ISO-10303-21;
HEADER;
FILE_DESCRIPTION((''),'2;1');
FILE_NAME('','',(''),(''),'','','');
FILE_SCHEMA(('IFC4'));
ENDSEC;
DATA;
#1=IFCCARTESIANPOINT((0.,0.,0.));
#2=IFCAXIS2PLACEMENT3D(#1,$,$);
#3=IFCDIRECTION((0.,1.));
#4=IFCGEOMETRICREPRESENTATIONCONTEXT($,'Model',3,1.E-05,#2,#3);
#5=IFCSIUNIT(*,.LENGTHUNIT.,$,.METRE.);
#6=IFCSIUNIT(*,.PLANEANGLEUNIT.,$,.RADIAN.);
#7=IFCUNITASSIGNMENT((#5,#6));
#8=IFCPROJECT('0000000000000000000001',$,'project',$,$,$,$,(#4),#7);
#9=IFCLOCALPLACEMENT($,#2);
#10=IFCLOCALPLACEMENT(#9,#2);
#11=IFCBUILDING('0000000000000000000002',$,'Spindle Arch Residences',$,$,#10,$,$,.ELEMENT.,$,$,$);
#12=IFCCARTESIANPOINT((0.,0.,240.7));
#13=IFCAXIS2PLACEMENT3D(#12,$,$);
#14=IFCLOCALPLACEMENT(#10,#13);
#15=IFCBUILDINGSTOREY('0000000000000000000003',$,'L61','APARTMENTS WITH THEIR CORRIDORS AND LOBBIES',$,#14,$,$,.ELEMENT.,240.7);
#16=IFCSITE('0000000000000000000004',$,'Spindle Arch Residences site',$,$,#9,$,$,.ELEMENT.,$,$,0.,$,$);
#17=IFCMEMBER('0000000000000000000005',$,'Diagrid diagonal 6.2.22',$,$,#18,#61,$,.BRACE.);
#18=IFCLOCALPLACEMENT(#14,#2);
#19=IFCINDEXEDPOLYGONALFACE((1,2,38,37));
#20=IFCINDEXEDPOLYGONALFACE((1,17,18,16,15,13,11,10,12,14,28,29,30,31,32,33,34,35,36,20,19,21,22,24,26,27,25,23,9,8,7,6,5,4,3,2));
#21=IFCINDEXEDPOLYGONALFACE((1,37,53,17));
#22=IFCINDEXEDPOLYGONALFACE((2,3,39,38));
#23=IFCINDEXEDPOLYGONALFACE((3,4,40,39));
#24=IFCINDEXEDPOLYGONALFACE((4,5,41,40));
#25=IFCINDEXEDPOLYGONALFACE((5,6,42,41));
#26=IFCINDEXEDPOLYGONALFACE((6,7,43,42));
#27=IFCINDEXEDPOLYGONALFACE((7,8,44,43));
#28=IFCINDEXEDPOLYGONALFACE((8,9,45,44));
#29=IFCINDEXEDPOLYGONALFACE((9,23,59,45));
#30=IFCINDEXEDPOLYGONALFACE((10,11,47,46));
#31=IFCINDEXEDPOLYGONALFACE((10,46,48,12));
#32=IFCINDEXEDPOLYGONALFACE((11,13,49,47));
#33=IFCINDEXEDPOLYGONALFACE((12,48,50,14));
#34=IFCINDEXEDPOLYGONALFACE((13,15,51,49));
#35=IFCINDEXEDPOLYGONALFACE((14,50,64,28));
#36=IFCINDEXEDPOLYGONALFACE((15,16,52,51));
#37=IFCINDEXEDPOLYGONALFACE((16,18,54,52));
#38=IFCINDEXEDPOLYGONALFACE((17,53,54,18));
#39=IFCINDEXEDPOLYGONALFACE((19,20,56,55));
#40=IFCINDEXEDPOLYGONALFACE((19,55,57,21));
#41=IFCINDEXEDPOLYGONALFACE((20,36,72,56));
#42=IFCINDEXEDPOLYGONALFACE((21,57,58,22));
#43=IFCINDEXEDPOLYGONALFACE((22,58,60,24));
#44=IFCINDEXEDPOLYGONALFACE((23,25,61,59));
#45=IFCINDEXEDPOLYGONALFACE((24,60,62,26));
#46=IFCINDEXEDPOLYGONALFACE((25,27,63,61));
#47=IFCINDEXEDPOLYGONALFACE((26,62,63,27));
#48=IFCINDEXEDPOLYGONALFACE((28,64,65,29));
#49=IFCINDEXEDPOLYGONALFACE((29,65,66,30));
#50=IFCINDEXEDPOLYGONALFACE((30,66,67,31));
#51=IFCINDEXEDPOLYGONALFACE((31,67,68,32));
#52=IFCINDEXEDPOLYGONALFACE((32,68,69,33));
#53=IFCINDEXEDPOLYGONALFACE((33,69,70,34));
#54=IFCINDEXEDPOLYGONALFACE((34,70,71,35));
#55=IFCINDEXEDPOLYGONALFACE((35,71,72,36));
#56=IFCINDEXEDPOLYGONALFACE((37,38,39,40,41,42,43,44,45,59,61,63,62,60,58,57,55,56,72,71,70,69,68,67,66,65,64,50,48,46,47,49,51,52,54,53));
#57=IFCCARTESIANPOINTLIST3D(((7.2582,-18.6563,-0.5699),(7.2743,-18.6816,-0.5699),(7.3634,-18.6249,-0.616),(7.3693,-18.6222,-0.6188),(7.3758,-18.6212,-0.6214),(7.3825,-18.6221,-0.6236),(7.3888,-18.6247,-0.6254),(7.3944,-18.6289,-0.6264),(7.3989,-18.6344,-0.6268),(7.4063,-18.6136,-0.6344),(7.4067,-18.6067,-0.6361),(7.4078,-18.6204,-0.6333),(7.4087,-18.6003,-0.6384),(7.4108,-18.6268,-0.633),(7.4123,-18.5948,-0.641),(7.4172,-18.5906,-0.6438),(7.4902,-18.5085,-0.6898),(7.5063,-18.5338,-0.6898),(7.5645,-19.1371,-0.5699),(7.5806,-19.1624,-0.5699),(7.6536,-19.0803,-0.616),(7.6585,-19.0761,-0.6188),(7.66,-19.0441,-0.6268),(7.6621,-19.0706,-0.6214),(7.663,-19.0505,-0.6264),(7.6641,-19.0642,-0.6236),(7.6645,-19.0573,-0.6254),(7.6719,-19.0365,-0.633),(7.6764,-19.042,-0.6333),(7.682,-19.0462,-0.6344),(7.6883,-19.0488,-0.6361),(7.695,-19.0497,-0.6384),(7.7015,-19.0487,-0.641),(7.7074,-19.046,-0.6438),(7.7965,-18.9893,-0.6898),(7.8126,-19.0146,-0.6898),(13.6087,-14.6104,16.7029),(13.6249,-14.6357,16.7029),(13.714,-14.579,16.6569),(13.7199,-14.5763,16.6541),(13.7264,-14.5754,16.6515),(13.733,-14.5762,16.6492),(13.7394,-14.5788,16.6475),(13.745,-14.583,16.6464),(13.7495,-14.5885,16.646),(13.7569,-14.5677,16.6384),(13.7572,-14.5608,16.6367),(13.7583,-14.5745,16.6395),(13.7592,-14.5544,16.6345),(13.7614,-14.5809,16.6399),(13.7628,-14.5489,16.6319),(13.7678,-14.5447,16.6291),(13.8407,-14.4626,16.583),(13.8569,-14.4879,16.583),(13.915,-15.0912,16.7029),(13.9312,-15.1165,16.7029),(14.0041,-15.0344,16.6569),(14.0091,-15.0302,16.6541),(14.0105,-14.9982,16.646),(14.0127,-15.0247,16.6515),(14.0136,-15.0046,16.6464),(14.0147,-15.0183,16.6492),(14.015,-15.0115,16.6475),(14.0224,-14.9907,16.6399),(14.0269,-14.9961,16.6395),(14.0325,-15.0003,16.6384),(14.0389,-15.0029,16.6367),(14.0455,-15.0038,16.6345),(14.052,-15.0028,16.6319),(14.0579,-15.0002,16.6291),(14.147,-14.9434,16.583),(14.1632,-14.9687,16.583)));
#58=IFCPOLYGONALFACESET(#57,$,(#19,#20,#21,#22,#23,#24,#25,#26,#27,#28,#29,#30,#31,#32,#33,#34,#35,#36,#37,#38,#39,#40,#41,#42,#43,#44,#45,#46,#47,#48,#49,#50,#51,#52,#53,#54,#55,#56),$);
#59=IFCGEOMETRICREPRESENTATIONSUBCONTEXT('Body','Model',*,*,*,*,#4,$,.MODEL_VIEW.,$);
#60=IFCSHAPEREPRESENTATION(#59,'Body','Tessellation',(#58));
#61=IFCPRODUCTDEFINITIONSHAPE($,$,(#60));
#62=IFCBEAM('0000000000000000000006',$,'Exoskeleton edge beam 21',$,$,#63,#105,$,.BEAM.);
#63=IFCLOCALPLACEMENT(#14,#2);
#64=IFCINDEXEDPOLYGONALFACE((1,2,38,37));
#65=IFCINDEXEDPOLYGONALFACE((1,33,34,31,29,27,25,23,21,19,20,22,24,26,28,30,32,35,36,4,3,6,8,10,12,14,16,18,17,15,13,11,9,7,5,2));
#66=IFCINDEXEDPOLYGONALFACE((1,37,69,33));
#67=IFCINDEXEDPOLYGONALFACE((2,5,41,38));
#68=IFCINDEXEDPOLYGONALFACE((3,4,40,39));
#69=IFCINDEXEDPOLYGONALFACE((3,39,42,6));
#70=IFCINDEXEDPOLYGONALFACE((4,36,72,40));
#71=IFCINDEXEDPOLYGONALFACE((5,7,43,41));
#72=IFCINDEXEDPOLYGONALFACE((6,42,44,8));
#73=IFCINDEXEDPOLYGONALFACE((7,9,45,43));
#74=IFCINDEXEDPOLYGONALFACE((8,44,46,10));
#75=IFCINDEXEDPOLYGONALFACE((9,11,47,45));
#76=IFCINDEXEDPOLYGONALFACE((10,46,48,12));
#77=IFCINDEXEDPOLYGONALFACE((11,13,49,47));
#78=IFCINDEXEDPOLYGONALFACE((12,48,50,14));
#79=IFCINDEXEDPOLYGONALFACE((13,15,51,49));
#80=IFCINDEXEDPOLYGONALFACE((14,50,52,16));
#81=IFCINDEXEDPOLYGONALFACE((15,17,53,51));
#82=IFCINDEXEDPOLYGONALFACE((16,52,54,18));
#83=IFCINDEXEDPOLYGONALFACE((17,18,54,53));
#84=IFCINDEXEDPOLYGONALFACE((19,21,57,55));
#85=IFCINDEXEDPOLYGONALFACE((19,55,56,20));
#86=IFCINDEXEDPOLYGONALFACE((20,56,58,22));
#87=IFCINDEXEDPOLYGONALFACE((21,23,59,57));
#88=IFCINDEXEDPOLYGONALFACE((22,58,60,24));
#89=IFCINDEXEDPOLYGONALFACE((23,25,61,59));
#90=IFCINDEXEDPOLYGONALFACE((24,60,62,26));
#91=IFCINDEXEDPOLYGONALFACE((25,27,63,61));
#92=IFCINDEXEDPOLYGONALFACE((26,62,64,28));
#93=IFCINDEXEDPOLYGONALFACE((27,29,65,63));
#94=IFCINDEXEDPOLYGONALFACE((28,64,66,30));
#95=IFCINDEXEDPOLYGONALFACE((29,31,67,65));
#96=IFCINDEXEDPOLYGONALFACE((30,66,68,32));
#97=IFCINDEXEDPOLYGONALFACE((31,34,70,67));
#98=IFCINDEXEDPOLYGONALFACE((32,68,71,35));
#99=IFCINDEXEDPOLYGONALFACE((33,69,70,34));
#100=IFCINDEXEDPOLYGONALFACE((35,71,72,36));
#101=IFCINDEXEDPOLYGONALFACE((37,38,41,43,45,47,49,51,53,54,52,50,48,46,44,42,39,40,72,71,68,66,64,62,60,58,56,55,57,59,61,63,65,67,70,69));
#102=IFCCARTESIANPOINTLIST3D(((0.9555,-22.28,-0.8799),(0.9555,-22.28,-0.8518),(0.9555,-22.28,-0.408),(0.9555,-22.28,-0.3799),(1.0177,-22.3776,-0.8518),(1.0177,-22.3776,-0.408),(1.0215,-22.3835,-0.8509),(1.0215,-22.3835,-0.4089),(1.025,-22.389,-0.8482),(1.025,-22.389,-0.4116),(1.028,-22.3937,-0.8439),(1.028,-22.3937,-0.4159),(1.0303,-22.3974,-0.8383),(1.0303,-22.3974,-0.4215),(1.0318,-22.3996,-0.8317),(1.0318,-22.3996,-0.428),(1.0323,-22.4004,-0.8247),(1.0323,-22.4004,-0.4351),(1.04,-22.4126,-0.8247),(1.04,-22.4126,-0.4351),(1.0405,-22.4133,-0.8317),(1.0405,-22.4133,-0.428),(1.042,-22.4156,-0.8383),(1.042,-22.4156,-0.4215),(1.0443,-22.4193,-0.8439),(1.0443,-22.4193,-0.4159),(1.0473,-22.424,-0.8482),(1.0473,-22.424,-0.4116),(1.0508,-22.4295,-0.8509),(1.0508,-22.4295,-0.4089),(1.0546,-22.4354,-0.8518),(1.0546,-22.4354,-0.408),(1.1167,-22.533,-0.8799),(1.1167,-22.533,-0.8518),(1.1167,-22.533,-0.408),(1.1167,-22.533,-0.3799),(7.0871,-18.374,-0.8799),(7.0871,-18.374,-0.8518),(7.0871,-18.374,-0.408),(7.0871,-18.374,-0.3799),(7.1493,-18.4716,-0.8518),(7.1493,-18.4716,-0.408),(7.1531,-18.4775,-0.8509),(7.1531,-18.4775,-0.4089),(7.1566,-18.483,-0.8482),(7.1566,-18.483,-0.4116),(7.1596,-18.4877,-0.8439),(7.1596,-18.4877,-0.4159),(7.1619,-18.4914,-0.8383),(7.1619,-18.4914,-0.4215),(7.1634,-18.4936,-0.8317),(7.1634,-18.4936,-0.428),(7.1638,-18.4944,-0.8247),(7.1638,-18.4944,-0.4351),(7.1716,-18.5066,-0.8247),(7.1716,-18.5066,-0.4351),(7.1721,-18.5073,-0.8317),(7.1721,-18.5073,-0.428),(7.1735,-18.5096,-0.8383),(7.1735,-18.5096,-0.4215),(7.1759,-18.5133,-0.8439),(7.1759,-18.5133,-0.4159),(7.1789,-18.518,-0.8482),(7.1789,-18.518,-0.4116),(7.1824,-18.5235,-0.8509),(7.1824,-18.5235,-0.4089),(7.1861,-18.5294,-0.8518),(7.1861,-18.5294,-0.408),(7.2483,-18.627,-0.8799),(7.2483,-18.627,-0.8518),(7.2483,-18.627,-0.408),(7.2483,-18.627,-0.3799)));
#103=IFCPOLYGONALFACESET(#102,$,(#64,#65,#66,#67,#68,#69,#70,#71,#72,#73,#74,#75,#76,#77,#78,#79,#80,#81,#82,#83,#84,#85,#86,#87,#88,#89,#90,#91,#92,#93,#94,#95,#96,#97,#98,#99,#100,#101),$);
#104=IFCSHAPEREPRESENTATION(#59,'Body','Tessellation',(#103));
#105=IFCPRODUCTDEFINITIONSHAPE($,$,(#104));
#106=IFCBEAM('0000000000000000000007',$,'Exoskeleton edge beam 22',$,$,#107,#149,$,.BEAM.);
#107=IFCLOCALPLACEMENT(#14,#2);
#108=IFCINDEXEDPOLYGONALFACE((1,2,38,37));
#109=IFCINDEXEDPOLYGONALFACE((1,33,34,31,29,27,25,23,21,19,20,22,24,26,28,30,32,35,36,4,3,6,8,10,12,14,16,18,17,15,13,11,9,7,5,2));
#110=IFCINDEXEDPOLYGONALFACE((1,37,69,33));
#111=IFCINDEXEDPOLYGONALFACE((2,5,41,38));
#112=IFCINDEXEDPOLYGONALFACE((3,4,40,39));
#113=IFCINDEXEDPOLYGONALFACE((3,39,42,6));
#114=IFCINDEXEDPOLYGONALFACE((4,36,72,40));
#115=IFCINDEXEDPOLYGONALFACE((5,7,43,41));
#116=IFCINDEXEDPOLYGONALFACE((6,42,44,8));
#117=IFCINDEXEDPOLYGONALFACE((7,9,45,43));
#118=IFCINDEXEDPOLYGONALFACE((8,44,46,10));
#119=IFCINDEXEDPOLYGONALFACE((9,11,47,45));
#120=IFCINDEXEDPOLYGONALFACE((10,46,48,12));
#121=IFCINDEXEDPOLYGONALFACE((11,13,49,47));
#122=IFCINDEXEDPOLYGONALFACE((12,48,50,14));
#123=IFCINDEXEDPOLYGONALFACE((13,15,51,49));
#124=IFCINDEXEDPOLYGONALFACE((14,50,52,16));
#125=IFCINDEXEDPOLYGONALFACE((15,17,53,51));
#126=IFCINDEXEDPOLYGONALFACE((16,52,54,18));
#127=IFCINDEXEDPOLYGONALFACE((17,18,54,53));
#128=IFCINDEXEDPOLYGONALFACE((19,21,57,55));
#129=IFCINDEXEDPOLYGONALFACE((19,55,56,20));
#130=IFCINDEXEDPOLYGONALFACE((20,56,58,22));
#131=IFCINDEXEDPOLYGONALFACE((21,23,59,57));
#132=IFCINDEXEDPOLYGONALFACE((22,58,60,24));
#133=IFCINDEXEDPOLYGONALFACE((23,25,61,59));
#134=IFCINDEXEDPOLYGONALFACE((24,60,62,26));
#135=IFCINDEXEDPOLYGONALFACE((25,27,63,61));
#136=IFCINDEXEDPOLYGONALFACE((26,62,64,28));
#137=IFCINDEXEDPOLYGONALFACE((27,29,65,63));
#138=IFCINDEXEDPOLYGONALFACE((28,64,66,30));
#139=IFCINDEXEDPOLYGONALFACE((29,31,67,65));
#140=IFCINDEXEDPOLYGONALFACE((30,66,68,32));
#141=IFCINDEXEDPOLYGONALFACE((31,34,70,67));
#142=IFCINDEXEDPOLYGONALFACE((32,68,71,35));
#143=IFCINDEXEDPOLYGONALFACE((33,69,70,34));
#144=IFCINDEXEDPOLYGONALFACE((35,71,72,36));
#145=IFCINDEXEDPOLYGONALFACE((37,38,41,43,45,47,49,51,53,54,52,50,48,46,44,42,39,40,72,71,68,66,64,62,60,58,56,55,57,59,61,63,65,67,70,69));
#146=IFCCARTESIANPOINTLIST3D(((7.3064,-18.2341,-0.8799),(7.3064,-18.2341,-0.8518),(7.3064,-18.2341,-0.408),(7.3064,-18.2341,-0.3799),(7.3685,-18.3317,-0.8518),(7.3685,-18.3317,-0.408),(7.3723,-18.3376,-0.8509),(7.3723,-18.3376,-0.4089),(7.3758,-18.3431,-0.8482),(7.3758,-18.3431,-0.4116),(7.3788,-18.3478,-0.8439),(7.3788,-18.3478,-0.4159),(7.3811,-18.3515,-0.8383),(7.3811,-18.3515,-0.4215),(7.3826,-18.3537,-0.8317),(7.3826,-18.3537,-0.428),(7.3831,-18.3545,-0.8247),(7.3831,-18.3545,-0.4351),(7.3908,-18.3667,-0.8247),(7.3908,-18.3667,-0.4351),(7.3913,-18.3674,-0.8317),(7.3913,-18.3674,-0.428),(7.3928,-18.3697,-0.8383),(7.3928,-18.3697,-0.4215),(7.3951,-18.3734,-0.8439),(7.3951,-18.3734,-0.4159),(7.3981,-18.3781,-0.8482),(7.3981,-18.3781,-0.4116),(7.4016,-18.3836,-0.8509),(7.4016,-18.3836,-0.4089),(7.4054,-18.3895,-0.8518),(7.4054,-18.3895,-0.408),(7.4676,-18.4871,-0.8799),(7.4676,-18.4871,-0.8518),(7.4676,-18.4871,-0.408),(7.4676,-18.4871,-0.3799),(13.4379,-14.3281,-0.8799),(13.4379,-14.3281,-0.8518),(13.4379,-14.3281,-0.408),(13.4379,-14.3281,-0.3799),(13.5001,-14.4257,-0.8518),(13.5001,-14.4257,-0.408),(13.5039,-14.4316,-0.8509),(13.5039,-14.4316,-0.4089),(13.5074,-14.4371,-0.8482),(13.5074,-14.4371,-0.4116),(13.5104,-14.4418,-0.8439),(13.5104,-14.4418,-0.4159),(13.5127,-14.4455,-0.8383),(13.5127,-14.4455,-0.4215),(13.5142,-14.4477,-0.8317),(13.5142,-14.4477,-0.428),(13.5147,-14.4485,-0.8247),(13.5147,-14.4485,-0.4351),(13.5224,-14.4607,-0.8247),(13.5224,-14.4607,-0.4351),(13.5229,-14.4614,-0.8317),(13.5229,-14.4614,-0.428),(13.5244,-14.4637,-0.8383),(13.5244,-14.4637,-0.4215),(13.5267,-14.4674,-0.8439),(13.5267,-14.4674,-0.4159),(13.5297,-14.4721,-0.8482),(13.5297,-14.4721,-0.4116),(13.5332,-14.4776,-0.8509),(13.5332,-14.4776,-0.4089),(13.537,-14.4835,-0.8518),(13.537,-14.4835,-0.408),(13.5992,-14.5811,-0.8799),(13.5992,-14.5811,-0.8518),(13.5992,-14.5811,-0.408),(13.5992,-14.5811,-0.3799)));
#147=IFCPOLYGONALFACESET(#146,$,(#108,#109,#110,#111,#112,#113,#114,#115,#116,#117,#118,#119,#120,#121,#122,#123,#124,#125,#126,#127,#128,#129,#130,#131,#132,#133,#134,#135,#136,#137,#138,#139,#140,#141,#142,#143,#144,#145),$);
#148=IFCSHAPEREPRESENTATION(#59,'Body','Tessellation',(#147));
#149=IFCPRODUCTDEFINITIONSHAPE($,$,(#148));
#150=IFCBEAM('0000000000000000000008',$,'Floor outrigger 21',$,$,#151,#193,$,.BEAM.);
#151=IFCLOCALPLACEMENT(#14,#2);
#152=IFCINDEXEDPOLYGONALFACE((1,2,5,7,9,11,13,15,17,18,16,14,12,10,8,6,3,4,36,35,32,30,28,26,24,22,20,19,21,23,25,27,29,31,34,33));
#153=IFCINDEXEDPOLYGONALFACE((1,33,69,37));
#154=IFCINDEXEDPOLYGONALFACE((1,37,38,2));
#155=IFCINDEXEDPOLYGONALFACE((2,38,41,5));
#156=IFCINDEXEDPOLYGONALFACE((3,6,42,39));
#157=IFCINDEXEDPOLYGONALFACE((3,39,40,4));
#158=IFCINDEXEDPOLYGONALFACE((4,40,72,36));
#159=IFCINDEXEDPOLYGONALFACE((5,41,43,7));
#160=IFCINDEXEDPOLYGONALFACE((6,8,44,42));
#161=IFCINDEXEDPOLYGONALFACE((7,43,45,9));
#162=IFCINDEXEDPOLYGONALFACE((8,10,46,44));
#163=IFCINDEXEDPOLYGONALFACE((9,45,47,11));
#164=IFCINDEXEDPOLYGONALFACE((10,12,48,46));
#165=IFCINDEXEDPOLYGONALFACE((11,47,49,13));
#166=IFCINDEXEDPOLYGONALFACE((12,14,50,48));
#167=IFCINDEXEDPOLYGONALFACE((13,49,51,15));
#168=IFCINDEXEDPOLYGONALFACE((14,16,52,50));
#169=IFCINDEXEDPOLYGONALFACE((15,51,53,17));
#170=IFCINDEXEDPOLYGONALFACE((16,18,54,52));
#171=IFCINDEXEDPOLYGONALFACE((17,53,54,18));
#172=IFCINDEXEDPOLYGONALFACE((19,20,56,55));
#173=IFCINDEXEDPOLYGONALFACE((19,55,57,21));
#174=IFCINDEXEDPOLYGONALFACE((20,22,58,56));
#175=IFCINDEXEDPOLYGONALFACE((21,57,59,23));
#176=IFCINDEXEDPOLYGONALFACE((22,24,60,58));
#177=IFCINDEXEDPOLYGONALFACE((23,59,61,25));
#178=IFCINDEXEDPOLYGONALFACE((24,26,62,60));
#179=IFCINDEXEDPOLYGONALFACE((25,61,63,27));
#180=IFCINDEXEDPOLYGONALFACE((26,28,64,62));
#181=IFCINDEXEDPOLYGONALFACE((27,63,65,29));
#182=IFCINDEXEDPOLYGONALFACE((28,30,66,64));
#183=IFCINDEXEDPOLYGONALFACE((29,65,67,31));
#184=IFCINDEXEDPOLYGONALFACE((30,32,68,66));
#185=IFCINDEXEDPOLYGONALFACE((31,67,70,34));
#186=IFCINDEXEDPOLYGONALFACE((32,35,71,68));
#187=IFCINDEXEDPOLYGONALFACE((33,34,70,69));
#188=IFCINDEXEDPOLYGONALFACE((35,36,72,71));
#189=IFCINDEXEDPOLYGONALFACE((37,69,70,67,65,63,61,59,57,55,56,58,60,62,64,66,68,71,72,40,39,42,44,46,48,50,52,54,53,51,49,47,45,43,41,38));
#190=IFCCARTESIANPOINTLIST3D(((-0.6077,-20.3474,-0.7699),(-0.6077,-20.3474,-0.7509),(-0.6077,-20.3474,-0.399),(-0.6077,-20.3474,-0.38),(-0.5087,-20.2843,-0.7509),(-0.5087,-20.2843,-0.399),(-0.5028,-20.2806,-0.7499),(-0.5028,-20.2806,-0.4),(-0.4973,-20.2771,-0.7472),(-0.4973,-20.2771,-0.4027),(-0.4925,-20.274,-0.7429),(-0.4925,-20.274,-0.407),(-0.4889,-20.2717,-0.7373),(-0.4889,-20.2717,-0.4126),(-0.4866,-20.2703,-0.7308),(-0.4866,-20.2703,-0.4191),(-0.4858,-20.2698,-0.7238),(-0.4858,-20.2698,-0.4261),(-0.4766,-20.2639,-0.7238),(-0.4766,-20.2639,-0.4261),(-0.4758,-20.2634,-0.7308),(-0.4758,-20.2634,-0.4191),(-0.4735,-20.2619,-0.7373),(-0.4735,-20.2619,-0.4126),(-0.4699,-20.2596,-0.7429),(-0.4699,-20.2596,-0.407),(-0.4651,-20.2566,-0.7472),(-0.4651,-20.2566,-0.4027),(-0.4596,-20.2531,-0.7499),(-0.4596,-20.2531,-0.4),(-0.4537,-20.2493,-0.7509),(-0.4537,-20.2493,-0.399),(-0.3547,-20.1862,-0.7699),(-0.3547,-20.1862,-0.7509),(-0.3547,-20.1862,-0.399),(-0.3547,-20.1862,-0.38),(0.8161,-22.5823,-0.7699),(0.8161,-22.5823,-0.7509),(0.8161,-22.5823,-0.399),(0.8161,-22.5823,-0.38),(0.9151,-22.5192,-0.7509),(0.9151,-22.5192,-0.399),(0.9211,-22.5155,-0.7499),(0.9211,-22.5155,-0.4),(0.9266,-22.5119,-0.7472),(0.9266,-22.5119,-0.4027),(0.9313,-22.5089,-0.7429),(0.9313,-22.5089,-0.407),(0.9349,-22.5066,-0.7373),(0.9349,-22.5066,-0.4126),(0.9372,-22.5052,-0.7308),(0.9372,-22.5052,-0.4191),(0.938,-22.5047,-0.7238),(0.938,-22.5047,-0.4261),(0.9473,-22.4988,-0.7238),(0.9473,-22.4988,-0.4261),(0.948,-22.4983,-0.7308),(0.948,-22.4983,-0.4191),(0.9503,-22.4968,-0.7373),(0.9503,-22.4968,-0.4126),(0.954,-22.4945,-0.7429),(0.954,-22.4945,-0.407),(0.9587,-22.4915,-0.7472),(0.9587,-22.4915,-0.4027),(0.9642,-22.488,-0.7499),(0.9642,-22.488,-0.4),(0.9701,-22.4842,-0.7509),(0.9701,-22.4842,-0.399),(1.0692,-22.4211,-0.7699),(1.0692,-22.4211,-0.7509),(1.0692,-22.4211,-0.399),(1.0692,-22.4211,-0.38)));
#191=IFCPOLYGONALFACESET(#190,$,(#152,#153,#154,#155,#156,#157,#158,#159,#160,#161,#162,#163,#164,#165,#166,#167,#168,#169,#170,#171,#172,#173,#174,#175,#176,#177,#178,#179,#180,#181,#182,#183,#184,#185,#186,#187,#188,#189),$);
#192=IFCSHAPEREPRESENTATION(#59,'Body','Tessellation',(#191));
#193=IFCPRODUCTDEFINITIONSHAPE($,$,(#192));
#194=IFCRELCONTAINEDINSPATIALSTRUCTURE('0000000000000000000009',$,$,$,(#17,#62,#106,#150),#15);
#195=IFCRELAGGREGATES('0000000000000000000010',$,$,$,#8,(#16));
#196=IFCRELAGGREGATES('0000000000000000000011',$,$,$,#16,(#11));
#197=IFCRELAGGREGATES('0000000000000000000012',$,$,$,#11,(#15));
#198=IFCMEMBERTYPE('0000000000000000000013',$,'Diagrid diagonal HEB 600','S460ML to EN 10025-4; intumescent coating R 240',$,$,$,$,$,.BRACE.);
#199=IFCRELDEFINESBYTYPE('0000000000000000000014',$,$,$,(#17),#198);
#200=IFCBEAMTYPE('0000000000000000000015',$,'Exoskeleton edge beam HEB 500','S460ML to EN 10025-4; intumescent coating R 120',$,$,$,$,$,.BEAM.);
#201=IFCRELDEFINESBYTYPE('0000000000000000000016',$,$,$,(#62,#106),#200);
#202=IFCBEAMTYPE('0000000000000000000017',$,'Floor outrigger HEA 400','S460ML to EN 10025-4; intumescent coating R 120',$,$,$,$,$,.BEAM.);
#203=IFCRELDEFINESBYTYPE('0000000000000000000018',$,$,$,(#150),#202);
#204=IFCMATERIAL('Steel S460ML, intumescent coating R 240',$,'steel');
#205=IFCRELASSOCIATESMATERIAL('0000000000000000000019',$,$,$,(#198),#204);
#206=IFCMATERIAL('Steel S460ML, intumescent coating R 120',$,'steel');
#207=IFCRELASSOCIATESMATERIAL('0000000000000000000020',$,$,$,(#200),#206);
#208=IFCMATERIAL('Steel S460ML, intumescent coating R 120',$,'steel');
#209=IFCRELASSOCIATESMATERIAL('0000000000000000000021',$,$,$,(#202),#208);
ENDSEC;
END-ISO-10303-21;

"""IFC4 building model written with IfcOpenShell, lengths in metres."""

from ifc_helpers import new_model, si_unit, direction, frame, origin, origin_2d, place, context, subcontext, project, spatial, i_section, extrude, material, material_profile, profile_set, type_object, element, save


model = new_model("IFC4")

# Units and contexts
model_context = context("Model", 3, precision=1e-05, world=origin(), true_north=direction((0.0, 1.0)))
body_context = subcontext(model_context, "Body", "Model", "MODEL_VIEW")
ifc_project = project(units=[si_unit("LENGTHUNIT", "METRE"), si_unit("PLANEANGLEUNIT", "RADIAN")], contexts=[model_context])

# Site, building, storey
site_placement = place(None, origin())
site = spatial("IfcSite", under=ifc_project, at=site_placement, Name="Spindle Arch Residences site", CompositionType="ELEMENT", RefElevation=0.0)
building_placement = place(site_placement, origin())
building = spatial("IfcBuilding", under=site, at=building_placement, Name="Spindle Arch Residences", CompositionType="ELEMENT")
storey_placement = place(building_placement, frame((0.0, 0.0, 240.7)))
storey = spatial("IfcBuildingStorey", under=building, at=storey_placement, Name="L61", Description="APARTMENTS WITH THEIR CORRIDORS AND LOBBIES", CompositionType="ELEMENT", Elevation=240.7)

# Member
ifc_material_1 = material(Name="Steel S460ML, intumescent coating R 240", Category="steel")
ifc_material_profile_1 = material_profile(ifc_material_1, i_section(OverallWidth=0.3, OverallDepth=0.6001, WebThickness=0.0154, FlangeThickness=0.03, FilletRadius=0.0271, at=origin_2d()), Name="HEB 600")
ifc_profile_set_1 = profile_set([ifc_material_profile_1], Name="Steel S460ML, intumescent coating R 240")
member_type_1 = type_object("IfcMemberType", Name="Diagrid diagonal HEB 600", Description="S460ML to EN 10025-4; intumescent coating R 240", PredefinedType="BRACE", material=ifc_profile_set_1)
member_1_placement = place(storey_placement, frame((7.5354, -18.8354, -0.6299), z_axis=(0.337028, 0.214718, 0.916683), x_axis=(-0.773116, -0.492545, 0.399615)))
element("IfcMember", 1, at=member_1_placement, inside=storey, type_object=member_type_1, Name="Diagrid diagonal 6.2.22", PredefinedType="BRACE", context=body_context, shape_type="SweptSolid", body=[
    extrude(i_section(OverallWidth=0.3, OverallDepth=0.6001, WebThickness=0.0154, FlangeThickness=0.03, FilletRadius=0.0271, at=origin_2d()), origin(), (0.0, 0.0, 1.0), 18.8428),
])

# Beams
ifc_material_2 = material(Name="Steel S460ML, intumescent coating R 120", Category="steel")
ifc_material_profile_2 = material_profile(ifc_material_2, i_section(OverallWidth=0.3, OverallDepth=0.5, WebThickness=0.0144, FlangeThickness=0.0281, FilletRadius=0.0271, at=origin_2d()), Name="HEB 500")
ifc_profile_set_2 = profile_set([ifc_material_profile_2], Name="Steel S460ML, intumescent coating R 120")
beam_type_1 = type_object("IfcBeamType", Name="Exoskeleton edge beam HEB 500", Description="S460ML to EN 10025-4; intumescent coating R 120", PredefinedType="BEAM", material=ifc_profile_set_2)
for number, where, z_axis, x_axis, name in (
    (2, (1.0361, -22.4065, -0.6299), (0.843407, 0.537275, 0.0), (-0.537275, 0.843407, 0.0), "Exoskeleton edge beam 21"),
    (3, (7.387, -18.3606, -0.6299), (0.843407, 0.537275, 0.0), (-0.537275, 0.843407, 0.0), "Exoskeleton edge beam 22"),
):
    element("IfcBeam", number, at=place(storey_placement, frame(where, z_axis=z_axis, x_axis=x_axis)), inside=storey, type_object=beam_type_1, Name=name, PredefinedType="BEAM", context=body_context, shape_type="SweptSolid", body=[
        extrude(i_section(OverallWidth=0.3, OverallDepth=0.5, WebThickness=0.0144, FlangeThickness=0.0281, FilletRadius=0.0271, at=origin_2d()), origin(), (0.0, 0.0, 1.0), 7.27),
    ])
ifc_material_3 = material(Name="Steel S460ML, intumescent coating R 120", Category="steel")
ifc_material_profile_3 = material_profile(ifc_material_3, i_section(OverallWidth=0.3, OverallDepth=0.3899, WebThickness=0.011, FlangeThickness=0.019, FilletRadius=0.0271, at=origin_2d()), Name="HEA 400")
ifc_profile_set_3 = profile_set([ifc_material_profile_3], Name="Steel S460ML, intumescent coating R 120")
beam_type_2 = type_object("IfcBeamType", Name="Floor outrigger HEA 400", Description="S460ML to EN 10025-4; intumescent coating R 120", PredefinedType="BEAM", material=ifc_profile_set_3)
for number, where, z_axis, x_axis, name in (
    (4, (0.9426, -22.5017, -0.575), (-0.537317, 0.843381, 0.0), (-0.843381, -0.537317, 0.0), "Floor outrigger 21"),
):
    element("IfcBeam", number, at=place(storey_placement, frame(where, z_axis=z_axis, x_axis=x_axis)), inside=storey, type_object=beam_type_2, Name=name, PredefinedType="BEAM", context=body_context, shape_type="SweptSolid", body=[
        extrude(i_section(OverallWidth=0.3, OverallDepth=0.3899, WebThickness=0.011, FlangeThickness=0.019, FilletRadius=0.0271, at=origin_2d()), origin(), (0.0, 0.0, 1.0), 2.6499),
    ])

save(model, "model.ifc")
